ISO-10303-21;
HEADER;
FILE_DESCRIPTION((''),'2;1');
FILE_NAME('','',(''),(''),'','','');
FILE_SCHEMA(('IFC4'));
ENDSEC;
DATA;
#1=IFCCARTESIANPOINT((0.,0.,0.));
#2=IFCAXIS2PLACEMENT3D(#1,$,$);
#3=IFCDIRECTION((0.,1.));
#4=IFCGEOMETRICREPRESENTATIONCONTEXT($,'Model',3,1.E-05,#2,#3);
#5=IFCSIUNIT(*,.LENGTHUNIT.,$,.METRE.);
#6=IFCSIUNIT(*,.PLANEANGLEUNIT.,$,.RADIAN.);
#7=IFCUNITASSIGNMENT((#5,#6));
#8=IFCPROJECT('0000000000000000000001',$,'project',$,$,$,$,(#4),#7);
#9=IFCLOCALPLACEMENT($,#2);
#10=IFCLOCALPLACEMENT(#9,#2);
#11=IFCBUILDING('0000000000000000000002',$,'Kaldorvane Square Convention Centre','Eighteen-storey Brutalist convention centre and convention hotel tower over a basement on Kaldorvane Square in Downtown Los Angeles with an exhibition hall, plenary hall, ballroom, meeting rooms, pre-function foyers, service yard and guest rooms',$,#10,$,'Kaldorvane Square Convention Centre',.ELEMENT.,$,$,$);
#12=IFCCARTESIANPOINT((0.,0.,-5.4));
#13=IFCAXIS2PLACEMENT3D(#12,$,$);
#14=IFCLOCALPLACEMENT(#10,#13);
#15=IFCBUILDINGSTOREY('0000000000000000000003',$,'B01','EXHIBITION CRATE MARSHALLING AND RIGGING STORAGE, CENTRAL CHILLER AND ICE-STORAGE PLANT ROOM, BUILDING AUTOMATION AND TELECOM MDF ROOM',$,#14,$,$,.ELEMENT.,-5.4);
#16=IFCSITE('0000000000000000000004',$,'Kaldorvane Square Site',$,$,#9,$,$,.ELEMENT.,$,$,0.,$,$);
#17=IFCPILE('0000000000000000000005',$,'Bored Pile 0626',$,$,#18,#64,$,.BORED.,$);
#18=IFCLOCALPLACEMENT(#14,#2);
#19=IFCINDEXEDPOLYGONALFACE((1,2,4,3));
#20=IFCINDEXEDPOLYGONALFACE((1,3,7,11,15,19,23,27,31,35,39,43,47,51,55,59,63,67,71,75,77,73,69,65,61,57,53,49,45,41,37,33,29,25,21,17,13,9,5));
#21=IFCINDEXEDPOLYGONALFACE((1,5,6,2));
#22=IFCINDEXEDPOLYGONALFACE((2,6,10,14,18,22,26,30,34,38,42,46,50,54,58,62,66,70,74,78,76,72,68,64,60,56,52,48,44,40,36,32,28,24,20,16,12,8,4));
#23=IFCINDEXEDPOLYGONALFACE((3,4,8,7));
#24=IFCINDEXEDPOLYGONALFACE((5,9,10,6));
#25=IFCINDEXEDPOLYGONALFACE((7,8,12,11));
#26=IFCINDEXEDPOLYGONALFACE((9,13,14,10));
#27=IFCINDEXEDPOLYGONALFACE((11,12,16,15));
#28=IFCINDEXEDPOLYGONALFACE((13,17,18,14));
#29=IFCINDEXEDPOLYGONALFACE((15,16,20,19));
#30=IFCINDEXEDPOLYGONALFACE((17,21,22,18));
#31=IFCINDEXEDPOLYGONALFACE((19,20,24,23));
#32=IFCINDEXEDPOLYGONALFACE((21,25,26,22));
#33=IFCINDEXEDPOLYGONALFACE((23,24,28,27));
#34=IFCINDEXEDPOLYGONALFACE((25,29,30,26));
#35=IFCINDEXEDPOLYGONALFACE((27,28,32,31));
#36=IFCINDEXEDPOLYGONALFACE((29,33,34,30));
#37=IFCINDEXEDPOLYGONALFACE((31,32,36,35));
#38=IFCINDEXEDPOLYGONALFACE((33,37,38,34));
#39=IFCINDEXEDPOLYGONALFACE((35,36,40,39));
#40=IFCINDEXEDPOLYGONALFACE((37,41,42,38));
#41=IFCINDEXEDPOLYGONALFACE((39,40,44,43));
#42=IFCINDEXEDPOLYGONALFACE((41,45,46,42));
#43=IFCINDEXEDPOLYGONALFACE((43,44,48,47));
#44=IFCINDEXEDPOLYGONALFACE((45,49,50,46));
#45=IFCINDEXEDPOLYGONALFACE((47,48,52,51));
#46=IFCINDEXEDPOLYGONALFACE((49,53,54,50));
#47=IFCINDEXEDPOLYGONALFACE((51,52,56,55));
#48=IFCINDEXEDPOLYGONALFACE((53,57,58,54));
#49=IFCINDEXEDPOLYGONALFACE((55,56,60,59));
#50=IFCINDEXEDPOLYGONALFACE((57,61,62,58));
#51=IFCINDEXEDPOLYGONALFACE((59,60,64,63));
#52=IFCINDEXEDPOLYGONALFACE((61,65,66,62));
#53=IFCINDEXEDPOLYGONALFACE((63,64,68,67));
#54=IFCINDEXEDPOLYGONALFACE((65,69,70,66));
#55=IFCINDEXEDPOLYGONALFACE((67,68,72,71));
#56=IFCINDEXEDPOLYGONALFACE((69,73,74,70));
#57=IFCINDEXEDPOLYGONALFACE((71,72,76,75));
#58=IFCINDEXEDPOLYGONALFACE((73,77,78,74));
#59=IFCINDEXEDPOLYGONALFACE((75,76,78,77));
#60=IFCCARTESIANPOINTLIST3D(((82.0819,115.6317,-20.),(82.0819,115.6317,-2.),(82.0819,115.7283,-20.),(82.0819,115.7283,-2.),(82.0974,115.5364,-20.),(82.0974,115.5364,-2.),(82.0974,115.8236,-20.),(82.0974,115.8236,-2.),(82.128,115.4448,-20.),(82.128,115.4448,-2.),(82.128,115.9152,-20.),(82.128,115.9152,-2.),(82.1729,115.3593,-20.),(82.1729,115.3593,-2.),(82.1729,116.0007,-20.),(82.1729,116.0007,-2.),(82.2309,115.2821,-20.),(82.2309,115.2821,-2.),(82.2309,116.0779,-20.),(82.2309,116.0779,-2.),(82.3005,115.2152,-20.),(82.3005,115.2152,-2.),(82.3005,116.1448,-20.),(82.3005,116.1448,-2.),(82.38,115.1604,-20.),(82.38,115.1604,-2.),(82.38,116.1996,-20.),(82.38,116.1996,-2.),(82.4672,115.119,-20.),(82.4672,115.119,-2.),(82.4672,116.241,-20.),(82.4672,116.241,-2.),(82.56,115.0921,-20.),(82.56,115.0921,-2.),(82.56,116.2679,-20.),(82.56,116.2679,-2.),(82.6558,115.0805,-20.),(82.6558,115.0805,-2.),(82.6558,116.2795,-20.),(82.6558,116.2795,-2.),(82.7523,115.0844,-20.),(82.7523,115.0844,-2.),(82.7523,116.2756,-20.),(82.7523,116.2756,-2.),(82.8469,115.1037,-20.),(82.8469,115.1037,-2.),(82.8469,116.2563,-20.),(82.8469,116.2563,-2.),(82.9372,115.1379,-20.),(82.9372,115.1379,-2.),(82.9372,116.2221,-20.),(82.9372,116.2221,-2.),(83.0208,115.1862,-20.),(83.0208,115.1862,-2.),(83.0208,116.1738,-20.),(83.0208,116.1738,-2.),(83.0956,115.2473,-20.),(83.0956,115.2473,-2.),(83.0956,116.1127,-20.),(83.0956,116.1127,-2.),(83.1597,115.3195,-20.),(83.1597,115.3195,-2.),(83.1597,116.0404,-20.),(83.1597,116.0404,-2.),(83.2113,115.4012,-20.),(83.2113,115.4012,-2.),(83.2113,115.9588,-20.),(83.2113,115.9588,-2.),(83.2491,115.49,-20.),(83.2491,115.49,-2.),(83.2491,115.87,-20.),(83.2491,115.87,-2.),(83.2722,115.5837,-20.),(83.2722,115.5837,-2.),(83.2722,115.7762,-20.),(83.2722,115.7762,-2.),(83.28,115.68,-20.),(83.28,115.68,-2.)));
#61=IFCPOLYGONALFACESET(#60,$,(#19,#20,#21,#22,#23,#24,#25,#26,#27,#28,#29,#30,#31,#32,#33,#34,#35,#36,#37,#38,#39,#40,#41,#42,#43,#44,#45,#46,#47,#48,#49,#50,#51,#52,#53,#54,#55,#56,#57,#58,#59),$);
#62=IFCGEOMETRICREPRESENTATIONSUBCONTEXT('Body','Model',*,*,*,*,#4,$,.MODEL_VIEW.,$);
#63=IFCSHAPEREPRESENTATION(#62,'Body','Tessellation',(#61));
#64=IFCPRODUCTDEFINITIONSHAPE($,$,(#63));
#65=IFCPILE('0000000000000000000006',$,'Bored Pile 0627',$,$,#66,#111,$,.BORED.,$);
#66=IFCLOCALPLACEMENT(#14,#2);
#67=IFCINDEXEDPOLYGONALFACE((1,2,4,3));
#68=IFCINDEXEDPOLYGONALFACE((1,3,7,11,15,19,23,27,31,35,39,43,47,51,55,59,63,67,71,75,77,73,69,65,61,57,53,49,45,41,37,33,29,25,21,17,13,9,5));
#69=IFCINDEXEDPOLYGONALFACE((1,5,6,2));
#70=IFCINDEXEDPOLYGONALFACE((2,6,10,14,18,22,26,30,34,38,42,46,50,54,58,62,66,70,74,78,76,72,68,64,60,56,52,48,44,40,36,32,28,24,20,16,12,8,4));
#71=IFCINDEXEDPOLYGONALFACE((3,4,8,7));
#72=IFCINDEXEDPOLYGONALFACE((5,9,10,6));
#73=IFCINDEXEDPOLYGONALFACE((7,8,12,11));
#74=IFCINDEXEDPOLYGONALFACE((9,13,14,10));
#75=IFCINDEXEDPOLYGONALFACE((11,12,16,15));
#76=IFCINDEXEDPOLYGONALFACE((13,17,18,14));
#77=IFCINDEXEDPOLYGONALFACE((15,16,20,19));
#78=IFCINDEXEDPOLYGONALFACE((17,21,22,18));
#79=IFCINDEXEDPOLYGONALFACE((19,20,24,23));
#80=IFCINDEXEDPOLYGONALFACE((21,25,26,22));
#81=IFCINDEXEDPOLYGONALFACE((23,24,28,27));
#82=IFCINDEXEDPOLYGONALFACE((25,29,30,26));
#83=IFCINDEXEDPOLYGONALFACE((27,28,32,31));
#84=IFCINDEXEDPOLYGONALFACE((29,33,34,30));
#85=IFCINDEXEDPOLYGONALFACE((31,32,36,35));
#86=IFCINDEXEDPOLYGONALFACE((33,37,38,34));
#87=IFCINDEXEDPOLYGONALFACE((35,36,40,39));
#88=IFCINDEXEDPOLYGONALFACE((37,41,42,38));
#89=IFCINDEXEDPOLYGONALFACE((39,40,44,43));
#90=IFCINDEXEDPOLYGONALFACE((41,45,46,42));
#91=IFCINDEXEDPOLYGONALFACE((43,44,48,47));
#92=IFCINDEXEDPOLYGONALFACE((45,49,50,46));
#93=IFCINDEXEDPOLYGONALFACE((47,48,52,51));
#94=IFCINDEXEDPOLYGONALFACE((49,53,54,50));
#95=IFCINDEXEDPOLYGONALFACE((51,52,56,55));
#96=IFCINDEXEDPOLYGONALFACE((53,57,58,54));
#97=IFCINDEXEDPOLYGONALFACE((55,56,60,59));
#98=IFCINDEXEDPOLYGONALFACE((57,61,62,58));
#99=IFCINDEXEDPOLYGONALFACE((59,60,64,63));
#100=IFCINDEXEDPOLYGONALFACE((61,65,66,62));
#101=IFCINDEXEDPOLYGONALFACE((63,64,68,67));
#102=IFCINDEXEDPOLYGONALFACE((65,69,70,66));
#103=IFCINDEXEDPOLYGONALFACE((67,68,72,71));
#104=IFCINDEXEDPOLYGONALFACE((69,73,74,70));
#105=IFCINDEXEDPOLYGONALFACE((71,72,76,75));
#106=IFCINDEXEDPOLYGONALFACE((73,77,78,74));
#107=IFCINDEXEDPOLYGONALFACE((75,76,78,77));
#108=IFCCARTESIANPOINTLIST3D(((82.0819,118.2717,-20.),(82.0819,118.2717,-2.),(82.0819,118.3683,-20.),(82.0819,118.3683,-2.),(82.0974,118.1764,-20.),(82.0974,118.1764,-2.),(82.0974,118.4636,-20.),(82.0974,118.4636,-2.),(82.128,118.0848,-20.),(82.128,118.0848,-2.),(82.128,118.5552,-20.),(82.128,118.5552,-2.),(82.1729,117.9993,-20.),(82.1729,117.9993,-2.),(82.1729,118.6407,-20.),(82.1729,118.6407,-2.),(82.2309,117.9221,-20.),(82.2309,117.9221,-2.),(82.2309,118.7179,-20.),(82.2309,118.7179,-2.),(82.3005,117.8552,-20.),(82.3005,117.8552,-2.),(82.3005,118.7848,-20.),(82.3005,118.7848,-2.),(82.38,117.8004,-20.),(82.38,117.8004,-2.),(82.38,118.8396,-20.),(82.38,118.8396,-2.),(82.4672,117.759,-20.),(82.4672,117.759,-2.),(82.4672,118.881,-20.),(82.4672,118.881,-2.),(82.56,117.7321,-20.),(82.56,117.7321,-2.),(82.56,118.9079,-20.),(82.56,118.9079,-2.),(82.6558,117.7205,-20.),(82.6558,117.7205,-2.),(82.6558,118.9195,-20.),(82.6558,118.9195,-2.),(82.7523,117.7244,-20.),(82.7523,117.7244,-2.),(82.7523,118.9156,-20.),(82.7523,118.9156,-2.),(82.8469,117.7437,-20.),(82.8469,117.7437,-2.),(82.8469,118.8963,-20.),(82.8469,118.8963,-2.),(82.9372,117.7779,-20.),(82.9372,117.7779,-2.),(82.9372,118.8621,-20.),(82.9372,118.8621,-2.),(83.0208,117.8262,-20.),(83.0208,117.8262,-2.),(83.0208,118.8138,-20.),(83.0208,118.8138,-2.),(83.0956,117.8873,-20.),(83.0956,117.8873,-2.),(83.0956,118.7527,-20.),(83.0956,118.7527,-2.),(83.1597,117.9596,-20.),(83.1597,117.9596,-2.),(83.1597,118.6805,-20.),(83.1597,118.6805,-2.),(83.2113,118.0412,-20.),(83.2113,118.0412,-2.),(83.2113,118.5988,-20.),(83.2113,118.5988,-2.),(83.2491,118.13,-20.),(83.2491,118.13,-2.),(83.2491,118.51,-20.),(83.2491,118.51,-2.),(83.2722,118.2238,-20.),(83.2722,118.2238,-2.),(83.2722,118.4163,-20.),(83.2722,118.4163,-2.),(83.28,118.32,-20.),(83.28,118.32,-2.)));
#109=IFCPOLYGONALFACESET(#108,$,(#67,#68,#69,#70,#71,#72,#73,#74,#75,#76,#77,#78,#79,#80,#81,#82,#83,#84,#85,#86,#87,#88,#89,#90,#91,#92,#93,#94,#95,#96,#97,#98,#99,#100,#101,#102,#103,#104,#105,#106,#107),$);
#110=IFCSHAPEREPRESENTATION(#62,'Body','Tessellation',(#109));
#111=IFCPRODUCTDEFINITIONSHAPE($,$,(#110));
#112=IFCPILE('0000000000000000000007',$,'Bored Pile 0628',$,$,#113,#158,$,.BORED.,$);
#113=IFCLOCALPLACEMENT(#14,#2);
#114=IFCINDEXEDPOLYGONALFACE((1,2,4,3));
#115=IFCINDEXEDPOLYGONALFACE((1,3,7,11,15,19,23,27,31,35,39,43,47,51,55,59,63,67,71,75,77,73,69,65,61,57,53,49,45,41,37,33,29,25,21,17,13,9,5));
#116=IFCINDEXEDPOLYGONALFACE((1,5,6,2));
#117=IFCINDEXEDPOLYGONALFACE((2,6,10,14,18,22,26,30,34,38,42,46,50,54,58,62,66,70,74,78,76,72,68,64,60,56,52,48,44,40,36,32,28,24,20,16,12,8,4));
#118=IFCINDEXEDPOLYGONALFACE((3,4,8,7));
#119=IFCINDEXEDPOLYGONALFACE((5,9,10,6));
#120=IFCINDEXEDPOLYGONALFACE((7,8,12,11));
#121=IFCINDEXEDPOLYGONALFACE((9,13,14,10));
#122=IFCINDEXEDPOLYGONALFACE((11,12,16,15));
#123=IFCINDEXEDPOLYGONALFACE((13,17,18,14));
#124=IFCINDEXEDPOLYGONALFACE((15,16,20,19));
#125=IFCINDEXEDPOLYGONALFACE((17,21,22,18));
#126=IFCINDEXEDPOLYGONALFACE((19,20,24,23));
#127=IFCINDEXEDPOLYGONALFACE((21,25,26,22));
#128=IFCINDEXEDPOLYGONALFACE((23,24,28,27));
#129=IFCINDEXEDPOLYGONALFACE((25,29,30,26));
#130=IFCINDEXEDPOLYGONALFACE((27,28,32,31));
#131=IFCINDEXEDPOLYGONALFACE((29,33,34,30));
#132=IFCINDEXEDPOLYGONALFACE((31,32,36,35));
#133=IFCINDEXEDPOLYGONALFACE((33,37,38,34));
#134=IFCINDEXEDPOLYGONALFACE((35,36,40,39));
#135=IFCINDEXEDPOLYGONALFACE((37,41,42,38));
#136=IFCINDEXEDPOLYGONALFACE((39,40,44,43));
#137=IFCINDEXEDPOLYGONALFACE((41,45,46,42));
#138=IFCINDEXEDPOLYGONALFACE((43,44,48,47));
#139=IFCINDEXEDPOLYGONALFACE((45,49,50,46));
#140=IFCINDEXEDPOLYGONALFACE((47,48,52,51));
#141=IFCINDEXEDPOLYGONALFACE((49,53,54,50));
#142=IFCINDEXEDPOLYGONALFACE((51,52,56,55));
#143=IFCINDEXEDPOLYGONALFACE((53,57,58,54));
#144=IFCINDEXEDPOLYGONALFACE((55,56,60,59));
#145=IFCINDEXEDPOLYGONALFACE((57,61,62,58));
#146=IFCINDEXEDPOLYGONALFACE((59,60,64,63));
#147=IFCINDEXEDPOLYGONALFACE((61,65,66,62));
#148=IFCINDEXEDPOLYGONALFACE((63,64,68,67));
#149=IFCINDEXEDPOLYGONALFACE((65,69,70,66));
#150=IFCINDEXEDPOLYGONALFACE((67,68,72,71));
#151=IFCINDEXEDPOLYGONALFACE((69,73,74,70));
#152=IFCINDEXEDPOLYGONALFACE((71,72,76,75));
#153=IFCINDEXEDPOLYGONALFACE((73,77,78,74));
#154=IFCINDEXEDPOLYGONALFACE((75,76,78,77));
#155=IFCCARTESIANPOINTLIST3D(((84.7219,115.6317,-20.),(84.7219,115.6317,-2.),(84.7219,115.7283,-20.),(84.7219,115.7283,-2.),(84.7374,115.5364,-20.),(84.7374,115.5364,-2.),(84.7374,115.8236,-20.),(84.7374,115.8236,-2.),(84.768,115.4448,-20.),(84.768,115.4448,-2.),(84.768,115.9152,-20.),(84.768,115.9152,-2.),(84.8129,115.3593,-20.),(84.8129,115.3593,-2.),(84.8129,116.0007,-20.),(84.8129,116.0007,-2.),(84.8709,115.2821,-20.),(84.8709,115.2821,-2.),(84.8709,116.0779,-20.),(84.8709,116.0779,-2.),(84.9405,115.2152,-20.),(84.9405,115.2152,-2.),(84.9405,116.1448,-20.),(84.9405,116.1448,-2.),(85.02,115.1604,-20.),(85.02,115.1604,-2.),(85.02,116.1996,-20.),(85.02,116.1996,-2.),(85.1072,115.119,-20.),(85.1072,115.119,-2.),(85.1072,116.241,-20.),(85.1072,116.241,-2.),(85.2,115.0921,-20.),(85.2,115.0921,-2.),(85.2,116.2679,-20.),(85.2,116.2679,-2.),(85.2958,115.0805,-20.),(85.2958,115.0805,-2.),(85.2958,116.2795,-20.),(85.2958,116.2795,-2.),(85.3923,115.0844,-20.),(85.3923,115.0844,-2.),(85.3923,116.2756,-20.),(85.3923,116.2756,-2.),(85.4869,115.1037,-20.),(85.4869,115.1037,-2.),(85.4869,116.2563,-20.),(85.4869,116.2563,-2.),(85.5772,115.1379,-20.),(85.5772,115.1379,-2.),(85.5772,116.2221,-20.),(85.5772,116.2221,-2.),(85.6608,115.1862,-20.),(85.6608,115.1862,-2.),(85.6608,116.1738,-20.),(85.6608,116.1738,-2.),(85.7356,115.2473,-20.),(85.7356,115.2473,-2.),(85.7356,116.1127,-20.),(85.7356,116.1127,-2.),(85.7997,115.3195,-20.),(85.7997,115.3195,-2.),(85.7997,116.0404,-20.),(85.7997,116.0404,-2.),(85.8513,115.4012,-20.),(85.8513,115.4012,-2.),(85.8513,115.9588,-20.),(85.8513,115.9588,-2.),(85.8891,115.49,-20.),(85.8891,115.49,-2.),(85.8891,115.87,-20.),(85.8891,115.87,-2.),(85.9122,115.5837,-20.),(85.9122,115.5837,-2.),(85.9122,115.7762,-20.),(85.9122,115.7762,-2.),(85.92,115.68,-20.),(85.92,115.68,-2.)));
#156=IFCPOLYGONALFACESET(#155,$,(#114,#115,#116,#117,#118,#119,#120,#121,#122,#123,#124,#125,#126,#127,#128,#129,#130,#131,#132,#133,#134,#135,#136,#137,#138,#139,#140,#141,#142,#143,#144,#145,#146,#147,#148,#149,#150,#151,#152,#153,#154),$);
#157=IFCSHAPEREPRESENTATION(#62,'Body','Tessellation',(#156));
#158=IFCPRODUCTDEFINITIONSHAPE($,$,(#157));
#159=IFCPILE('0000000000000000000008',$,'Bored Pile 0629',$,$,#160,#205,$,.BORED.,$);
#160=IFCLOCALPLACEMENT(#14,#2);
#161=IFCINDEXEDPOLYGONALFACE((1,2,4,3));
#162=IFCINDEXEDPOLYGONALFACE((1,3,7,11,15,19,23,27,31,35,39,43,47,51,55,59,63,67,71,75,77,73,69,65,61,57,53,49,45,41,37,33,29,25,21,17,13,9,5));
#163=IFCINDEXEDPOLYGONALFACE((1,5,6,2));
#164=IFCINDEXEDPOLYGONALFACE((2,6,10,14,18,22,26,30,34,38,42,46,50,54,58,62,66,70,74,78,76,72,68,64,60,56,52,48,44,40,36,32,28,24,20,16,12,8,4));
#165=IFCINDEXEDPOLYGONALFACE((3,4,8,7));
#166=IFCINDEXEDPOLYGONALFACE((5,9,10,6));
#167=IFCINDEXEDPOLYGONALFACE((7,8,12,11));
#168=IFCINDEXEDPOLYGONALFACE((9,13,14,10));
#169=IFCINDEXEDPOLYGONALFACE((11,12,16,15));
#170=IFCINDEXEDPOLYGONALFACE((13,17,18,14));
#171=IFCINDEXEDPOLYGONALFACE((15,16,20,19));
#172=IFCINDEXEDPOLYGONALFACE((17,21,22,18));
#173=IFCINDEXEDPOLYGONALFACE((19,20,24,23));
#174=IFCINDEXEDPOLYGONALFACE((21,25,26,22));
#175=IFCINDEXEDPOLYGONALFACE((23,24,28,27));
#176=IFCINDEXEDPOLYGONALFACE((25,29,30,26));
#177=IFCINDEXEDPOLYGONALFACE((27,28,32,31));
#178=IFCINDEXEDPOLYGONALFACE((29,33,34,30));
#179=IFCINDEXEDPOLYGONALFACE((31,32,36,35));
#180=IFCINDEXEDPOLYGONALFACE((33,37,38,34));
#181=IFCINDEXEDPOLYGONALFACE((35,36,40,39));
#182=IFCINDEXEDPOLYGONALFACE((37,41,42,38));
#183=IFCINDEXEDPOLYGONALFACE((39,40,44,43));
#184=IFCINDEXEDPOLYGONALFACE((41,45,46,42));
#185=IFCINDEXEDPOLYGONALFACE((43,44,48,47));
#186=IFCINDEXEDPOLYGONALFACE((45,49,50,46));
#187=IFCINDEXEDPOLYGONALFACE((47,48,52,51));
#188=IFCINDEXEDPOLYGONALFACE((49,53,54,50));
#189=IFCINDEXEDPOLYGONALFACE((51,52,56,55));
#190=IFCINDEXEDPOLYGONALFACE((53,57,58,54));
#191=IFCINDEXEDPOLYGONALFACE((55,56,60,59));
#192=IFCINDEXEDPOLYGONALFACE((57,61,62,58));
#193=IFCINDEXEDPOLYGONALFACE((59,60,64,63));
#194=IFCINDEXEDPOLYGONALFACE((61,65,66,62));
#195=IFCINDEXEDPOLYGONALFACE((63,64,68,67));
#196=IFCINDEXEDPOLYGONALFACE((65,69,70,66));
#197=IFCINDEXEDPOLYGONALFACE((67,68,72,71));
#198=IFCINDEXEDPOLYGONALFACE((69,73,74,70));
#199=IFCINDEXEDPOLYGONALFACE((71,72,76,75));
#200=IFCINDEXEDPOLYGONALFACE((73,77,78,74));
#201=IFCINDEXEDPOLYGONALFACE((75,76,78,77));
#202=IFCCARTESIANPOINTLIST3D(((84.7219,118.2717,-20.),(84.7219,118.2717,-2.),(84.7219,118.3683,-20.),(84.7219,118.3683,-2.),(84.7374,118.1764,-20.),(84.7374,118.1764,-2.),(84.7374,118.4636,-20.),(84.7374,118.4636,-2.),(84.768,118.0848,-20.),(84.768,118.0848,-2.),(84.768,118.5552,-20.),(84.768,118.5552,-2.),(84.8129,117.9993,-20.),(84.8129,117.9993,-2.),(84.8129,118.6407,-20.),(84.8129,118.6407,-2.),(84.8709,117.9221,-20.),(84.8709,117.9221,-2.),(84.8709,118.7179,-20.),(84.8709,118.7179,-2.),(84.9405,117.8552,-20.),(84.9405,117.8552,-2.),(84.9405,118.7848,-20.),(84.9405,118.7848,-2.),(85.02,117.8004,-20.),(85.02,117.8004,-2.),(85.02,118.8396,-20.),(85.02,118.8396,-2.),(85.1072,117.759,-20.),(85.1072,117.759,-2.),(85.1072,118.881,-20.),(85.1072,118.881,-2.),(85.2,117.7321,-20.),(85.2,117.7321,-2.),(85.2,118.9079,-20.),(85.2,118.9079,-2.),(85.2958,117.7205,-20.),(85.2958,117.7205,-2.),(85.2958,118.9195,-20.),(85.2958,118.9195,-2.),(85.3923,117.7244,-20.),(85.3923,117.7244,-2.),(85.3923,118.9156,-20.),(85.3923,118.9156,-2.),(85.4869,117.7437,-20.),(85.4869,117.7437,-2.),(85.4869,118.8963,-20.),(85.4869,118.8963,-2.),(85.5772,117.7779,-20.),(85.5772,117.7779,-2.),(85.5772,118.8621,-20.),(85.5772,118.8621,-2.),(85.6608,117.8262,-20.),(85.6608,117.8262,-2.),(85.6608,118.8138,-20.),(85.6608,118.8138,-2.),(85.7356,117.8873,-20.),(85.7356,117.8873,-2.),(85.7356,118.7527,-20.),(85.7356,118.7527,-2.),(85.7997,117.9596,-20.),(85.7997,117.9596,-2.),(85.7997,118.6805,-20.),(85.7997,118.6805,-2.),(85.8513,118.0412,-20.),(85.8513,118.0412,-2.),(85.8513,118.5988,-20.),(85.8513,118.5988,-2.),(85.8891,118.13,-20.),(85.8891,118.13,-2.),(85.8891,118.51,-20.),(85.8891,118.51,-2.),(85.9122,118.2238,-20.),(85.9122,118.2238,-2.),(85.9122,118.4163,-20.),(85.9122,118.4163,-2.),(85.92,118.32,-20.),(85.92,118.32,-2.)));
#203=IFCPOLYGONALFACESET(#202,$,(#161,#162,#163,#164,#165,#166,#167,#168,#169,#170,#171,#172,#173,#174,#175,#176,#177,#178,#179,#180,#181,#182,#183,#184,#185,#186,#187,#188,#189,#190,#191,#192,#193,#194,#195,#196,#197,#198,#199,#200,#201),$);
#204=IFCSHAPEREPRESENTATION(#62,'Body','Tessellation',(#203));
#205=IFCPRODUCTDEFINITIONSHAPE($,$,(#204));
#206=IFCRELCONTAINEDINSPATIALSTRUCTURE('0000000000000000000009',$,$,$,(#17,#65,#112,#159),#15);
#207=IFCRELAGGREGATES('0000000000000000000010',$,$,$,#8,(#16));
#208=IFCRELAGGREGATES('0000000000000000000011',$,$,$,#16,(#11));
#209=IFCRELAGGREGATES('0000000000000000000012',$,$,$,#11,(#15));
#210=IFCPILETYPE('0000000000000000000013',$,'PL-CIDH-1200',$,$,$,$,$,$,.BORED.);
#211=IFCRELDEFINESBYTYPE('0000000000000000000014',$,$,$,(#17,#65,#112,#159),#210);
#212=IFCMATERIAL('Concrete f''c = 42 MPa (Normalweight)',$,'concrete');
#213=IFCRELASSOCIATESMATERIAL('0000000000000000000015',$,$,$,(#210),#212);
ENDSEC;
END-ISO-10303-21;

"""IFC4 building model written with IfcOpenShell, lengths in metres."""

from ifc_helpers import new_model, si_unit, direction, frame, origin, origin_2d, place, context, subcontext, project, spatial, circle, extrude, material, material_profile, profile_set, type_object, element, save


model = new_model("IFC4")

# Units and contexts
model_context = context("Model", 3, precision=1e-05, world=origin(), true_north=direction((0.0, 1.0)))
body_context = subcontext(model_context, "Body", "Model", "MODEL_VIEW")
ifc_project = project(units=[si_unit("LENGTHUNIT", "METRE"), si_unit("PLANEANGLEUNIT", "RADIAN")], contexts=[model_context])

# Site, building, storey
site_placement = place(None, origin())
site = spatial("IfcSite", under=ifc_project, at=site_placement, Name="Kaldorvane Square Site", CompositionType="ELEMENT", RefElevation=0.0)
building_placement = place(site_placement, origin())
building = spatial("IfcBuilding", under=site, at=building_placement, Name="Kaldorvane Square Convention Centre", Description="Eighteen-storey Brutalist convention centre and convention hotel tower over a basement on Kaldorvane Square in Downtown Los Angeles with an exhibition hall, plenary hall, ballroom, meeting rooms, pre-function foyers, service yard and guest rooms", LongName="Kaldorvane Square Convention Centre", CompositionType="ELEMENT")
storey_placement = place(building_placement, frame((0.0, 0.0, -5.4)))
storey = spatial("IfcBuildingStorey", under=building, at=storey_placement, Name="B01", Description="EXHIBITION CRATE MARSHALLING AND RIGGING STORAGE, CENTRAL CHILLER AND ICE-STORAGE PLANT ROOM, BUILDING AUTOMATION AND TELECOM MDF ROOM", CompositionType="ELEMENT", Elevation=-5.4)

# Shared definitions
ifc_material_1 = material(Name="Concrete f'c = 42 MPa (Normalweight)", Category="concrete")

# Piles
ifc_material_profile_1 = material_profile(ifc_material_1, circle(Radius=0.6, at=origin_2d()), Name="PILE-D1200")
ifc_profile_set_1 = profile_set([ifc_material_profile_1], Name="Concrete f'c = 42 MPa (Normalweight)")
pile_type_1 = type_object("IfcPileType", Name="PL-CIDH-1200", PredefinedType="BORED", material=ifc_profile_set_1)
for number, where, z_axis, x_axis, name in (
    (1, (82.68, 115.68, -2.0), (0.0, 0.0, -1.0), (1.0, 0.0, 0.0), "Bored Pile 0626"),
    (2, (82.68, 118.32, -2.0), (0.0, 0.0, -1.0), (1.0, 0.0, 0.0), "Bored Pile 0627"),
    (3, (85.32, 115.68, -2.0), (0.0, 0.0, -1.0), (1.0, 0.0, 0.0), "Bored Pile 0628"),
    (4, (85.32, 118.32, -2.0), (0.0, 0.0, -1.0), (1.0, 0.0, 0.0), "Bored Pile 0629"),
):
    element("IfcPile", number, at=place(storey_placement, frame(where, z_axis=z_axis, x_axis=x_axis)), inside=storey, type_object=pile_type_1, Name=name, PredefinedType="BORED", context=body_context, shape_type="SweptSolid", body=[
        extrude(circle(Radius=0.6, at=origin_2d()), origin(), (0.0, 0.0, 1.0), 18.0),
    ])

save(model, "model.ifc")
